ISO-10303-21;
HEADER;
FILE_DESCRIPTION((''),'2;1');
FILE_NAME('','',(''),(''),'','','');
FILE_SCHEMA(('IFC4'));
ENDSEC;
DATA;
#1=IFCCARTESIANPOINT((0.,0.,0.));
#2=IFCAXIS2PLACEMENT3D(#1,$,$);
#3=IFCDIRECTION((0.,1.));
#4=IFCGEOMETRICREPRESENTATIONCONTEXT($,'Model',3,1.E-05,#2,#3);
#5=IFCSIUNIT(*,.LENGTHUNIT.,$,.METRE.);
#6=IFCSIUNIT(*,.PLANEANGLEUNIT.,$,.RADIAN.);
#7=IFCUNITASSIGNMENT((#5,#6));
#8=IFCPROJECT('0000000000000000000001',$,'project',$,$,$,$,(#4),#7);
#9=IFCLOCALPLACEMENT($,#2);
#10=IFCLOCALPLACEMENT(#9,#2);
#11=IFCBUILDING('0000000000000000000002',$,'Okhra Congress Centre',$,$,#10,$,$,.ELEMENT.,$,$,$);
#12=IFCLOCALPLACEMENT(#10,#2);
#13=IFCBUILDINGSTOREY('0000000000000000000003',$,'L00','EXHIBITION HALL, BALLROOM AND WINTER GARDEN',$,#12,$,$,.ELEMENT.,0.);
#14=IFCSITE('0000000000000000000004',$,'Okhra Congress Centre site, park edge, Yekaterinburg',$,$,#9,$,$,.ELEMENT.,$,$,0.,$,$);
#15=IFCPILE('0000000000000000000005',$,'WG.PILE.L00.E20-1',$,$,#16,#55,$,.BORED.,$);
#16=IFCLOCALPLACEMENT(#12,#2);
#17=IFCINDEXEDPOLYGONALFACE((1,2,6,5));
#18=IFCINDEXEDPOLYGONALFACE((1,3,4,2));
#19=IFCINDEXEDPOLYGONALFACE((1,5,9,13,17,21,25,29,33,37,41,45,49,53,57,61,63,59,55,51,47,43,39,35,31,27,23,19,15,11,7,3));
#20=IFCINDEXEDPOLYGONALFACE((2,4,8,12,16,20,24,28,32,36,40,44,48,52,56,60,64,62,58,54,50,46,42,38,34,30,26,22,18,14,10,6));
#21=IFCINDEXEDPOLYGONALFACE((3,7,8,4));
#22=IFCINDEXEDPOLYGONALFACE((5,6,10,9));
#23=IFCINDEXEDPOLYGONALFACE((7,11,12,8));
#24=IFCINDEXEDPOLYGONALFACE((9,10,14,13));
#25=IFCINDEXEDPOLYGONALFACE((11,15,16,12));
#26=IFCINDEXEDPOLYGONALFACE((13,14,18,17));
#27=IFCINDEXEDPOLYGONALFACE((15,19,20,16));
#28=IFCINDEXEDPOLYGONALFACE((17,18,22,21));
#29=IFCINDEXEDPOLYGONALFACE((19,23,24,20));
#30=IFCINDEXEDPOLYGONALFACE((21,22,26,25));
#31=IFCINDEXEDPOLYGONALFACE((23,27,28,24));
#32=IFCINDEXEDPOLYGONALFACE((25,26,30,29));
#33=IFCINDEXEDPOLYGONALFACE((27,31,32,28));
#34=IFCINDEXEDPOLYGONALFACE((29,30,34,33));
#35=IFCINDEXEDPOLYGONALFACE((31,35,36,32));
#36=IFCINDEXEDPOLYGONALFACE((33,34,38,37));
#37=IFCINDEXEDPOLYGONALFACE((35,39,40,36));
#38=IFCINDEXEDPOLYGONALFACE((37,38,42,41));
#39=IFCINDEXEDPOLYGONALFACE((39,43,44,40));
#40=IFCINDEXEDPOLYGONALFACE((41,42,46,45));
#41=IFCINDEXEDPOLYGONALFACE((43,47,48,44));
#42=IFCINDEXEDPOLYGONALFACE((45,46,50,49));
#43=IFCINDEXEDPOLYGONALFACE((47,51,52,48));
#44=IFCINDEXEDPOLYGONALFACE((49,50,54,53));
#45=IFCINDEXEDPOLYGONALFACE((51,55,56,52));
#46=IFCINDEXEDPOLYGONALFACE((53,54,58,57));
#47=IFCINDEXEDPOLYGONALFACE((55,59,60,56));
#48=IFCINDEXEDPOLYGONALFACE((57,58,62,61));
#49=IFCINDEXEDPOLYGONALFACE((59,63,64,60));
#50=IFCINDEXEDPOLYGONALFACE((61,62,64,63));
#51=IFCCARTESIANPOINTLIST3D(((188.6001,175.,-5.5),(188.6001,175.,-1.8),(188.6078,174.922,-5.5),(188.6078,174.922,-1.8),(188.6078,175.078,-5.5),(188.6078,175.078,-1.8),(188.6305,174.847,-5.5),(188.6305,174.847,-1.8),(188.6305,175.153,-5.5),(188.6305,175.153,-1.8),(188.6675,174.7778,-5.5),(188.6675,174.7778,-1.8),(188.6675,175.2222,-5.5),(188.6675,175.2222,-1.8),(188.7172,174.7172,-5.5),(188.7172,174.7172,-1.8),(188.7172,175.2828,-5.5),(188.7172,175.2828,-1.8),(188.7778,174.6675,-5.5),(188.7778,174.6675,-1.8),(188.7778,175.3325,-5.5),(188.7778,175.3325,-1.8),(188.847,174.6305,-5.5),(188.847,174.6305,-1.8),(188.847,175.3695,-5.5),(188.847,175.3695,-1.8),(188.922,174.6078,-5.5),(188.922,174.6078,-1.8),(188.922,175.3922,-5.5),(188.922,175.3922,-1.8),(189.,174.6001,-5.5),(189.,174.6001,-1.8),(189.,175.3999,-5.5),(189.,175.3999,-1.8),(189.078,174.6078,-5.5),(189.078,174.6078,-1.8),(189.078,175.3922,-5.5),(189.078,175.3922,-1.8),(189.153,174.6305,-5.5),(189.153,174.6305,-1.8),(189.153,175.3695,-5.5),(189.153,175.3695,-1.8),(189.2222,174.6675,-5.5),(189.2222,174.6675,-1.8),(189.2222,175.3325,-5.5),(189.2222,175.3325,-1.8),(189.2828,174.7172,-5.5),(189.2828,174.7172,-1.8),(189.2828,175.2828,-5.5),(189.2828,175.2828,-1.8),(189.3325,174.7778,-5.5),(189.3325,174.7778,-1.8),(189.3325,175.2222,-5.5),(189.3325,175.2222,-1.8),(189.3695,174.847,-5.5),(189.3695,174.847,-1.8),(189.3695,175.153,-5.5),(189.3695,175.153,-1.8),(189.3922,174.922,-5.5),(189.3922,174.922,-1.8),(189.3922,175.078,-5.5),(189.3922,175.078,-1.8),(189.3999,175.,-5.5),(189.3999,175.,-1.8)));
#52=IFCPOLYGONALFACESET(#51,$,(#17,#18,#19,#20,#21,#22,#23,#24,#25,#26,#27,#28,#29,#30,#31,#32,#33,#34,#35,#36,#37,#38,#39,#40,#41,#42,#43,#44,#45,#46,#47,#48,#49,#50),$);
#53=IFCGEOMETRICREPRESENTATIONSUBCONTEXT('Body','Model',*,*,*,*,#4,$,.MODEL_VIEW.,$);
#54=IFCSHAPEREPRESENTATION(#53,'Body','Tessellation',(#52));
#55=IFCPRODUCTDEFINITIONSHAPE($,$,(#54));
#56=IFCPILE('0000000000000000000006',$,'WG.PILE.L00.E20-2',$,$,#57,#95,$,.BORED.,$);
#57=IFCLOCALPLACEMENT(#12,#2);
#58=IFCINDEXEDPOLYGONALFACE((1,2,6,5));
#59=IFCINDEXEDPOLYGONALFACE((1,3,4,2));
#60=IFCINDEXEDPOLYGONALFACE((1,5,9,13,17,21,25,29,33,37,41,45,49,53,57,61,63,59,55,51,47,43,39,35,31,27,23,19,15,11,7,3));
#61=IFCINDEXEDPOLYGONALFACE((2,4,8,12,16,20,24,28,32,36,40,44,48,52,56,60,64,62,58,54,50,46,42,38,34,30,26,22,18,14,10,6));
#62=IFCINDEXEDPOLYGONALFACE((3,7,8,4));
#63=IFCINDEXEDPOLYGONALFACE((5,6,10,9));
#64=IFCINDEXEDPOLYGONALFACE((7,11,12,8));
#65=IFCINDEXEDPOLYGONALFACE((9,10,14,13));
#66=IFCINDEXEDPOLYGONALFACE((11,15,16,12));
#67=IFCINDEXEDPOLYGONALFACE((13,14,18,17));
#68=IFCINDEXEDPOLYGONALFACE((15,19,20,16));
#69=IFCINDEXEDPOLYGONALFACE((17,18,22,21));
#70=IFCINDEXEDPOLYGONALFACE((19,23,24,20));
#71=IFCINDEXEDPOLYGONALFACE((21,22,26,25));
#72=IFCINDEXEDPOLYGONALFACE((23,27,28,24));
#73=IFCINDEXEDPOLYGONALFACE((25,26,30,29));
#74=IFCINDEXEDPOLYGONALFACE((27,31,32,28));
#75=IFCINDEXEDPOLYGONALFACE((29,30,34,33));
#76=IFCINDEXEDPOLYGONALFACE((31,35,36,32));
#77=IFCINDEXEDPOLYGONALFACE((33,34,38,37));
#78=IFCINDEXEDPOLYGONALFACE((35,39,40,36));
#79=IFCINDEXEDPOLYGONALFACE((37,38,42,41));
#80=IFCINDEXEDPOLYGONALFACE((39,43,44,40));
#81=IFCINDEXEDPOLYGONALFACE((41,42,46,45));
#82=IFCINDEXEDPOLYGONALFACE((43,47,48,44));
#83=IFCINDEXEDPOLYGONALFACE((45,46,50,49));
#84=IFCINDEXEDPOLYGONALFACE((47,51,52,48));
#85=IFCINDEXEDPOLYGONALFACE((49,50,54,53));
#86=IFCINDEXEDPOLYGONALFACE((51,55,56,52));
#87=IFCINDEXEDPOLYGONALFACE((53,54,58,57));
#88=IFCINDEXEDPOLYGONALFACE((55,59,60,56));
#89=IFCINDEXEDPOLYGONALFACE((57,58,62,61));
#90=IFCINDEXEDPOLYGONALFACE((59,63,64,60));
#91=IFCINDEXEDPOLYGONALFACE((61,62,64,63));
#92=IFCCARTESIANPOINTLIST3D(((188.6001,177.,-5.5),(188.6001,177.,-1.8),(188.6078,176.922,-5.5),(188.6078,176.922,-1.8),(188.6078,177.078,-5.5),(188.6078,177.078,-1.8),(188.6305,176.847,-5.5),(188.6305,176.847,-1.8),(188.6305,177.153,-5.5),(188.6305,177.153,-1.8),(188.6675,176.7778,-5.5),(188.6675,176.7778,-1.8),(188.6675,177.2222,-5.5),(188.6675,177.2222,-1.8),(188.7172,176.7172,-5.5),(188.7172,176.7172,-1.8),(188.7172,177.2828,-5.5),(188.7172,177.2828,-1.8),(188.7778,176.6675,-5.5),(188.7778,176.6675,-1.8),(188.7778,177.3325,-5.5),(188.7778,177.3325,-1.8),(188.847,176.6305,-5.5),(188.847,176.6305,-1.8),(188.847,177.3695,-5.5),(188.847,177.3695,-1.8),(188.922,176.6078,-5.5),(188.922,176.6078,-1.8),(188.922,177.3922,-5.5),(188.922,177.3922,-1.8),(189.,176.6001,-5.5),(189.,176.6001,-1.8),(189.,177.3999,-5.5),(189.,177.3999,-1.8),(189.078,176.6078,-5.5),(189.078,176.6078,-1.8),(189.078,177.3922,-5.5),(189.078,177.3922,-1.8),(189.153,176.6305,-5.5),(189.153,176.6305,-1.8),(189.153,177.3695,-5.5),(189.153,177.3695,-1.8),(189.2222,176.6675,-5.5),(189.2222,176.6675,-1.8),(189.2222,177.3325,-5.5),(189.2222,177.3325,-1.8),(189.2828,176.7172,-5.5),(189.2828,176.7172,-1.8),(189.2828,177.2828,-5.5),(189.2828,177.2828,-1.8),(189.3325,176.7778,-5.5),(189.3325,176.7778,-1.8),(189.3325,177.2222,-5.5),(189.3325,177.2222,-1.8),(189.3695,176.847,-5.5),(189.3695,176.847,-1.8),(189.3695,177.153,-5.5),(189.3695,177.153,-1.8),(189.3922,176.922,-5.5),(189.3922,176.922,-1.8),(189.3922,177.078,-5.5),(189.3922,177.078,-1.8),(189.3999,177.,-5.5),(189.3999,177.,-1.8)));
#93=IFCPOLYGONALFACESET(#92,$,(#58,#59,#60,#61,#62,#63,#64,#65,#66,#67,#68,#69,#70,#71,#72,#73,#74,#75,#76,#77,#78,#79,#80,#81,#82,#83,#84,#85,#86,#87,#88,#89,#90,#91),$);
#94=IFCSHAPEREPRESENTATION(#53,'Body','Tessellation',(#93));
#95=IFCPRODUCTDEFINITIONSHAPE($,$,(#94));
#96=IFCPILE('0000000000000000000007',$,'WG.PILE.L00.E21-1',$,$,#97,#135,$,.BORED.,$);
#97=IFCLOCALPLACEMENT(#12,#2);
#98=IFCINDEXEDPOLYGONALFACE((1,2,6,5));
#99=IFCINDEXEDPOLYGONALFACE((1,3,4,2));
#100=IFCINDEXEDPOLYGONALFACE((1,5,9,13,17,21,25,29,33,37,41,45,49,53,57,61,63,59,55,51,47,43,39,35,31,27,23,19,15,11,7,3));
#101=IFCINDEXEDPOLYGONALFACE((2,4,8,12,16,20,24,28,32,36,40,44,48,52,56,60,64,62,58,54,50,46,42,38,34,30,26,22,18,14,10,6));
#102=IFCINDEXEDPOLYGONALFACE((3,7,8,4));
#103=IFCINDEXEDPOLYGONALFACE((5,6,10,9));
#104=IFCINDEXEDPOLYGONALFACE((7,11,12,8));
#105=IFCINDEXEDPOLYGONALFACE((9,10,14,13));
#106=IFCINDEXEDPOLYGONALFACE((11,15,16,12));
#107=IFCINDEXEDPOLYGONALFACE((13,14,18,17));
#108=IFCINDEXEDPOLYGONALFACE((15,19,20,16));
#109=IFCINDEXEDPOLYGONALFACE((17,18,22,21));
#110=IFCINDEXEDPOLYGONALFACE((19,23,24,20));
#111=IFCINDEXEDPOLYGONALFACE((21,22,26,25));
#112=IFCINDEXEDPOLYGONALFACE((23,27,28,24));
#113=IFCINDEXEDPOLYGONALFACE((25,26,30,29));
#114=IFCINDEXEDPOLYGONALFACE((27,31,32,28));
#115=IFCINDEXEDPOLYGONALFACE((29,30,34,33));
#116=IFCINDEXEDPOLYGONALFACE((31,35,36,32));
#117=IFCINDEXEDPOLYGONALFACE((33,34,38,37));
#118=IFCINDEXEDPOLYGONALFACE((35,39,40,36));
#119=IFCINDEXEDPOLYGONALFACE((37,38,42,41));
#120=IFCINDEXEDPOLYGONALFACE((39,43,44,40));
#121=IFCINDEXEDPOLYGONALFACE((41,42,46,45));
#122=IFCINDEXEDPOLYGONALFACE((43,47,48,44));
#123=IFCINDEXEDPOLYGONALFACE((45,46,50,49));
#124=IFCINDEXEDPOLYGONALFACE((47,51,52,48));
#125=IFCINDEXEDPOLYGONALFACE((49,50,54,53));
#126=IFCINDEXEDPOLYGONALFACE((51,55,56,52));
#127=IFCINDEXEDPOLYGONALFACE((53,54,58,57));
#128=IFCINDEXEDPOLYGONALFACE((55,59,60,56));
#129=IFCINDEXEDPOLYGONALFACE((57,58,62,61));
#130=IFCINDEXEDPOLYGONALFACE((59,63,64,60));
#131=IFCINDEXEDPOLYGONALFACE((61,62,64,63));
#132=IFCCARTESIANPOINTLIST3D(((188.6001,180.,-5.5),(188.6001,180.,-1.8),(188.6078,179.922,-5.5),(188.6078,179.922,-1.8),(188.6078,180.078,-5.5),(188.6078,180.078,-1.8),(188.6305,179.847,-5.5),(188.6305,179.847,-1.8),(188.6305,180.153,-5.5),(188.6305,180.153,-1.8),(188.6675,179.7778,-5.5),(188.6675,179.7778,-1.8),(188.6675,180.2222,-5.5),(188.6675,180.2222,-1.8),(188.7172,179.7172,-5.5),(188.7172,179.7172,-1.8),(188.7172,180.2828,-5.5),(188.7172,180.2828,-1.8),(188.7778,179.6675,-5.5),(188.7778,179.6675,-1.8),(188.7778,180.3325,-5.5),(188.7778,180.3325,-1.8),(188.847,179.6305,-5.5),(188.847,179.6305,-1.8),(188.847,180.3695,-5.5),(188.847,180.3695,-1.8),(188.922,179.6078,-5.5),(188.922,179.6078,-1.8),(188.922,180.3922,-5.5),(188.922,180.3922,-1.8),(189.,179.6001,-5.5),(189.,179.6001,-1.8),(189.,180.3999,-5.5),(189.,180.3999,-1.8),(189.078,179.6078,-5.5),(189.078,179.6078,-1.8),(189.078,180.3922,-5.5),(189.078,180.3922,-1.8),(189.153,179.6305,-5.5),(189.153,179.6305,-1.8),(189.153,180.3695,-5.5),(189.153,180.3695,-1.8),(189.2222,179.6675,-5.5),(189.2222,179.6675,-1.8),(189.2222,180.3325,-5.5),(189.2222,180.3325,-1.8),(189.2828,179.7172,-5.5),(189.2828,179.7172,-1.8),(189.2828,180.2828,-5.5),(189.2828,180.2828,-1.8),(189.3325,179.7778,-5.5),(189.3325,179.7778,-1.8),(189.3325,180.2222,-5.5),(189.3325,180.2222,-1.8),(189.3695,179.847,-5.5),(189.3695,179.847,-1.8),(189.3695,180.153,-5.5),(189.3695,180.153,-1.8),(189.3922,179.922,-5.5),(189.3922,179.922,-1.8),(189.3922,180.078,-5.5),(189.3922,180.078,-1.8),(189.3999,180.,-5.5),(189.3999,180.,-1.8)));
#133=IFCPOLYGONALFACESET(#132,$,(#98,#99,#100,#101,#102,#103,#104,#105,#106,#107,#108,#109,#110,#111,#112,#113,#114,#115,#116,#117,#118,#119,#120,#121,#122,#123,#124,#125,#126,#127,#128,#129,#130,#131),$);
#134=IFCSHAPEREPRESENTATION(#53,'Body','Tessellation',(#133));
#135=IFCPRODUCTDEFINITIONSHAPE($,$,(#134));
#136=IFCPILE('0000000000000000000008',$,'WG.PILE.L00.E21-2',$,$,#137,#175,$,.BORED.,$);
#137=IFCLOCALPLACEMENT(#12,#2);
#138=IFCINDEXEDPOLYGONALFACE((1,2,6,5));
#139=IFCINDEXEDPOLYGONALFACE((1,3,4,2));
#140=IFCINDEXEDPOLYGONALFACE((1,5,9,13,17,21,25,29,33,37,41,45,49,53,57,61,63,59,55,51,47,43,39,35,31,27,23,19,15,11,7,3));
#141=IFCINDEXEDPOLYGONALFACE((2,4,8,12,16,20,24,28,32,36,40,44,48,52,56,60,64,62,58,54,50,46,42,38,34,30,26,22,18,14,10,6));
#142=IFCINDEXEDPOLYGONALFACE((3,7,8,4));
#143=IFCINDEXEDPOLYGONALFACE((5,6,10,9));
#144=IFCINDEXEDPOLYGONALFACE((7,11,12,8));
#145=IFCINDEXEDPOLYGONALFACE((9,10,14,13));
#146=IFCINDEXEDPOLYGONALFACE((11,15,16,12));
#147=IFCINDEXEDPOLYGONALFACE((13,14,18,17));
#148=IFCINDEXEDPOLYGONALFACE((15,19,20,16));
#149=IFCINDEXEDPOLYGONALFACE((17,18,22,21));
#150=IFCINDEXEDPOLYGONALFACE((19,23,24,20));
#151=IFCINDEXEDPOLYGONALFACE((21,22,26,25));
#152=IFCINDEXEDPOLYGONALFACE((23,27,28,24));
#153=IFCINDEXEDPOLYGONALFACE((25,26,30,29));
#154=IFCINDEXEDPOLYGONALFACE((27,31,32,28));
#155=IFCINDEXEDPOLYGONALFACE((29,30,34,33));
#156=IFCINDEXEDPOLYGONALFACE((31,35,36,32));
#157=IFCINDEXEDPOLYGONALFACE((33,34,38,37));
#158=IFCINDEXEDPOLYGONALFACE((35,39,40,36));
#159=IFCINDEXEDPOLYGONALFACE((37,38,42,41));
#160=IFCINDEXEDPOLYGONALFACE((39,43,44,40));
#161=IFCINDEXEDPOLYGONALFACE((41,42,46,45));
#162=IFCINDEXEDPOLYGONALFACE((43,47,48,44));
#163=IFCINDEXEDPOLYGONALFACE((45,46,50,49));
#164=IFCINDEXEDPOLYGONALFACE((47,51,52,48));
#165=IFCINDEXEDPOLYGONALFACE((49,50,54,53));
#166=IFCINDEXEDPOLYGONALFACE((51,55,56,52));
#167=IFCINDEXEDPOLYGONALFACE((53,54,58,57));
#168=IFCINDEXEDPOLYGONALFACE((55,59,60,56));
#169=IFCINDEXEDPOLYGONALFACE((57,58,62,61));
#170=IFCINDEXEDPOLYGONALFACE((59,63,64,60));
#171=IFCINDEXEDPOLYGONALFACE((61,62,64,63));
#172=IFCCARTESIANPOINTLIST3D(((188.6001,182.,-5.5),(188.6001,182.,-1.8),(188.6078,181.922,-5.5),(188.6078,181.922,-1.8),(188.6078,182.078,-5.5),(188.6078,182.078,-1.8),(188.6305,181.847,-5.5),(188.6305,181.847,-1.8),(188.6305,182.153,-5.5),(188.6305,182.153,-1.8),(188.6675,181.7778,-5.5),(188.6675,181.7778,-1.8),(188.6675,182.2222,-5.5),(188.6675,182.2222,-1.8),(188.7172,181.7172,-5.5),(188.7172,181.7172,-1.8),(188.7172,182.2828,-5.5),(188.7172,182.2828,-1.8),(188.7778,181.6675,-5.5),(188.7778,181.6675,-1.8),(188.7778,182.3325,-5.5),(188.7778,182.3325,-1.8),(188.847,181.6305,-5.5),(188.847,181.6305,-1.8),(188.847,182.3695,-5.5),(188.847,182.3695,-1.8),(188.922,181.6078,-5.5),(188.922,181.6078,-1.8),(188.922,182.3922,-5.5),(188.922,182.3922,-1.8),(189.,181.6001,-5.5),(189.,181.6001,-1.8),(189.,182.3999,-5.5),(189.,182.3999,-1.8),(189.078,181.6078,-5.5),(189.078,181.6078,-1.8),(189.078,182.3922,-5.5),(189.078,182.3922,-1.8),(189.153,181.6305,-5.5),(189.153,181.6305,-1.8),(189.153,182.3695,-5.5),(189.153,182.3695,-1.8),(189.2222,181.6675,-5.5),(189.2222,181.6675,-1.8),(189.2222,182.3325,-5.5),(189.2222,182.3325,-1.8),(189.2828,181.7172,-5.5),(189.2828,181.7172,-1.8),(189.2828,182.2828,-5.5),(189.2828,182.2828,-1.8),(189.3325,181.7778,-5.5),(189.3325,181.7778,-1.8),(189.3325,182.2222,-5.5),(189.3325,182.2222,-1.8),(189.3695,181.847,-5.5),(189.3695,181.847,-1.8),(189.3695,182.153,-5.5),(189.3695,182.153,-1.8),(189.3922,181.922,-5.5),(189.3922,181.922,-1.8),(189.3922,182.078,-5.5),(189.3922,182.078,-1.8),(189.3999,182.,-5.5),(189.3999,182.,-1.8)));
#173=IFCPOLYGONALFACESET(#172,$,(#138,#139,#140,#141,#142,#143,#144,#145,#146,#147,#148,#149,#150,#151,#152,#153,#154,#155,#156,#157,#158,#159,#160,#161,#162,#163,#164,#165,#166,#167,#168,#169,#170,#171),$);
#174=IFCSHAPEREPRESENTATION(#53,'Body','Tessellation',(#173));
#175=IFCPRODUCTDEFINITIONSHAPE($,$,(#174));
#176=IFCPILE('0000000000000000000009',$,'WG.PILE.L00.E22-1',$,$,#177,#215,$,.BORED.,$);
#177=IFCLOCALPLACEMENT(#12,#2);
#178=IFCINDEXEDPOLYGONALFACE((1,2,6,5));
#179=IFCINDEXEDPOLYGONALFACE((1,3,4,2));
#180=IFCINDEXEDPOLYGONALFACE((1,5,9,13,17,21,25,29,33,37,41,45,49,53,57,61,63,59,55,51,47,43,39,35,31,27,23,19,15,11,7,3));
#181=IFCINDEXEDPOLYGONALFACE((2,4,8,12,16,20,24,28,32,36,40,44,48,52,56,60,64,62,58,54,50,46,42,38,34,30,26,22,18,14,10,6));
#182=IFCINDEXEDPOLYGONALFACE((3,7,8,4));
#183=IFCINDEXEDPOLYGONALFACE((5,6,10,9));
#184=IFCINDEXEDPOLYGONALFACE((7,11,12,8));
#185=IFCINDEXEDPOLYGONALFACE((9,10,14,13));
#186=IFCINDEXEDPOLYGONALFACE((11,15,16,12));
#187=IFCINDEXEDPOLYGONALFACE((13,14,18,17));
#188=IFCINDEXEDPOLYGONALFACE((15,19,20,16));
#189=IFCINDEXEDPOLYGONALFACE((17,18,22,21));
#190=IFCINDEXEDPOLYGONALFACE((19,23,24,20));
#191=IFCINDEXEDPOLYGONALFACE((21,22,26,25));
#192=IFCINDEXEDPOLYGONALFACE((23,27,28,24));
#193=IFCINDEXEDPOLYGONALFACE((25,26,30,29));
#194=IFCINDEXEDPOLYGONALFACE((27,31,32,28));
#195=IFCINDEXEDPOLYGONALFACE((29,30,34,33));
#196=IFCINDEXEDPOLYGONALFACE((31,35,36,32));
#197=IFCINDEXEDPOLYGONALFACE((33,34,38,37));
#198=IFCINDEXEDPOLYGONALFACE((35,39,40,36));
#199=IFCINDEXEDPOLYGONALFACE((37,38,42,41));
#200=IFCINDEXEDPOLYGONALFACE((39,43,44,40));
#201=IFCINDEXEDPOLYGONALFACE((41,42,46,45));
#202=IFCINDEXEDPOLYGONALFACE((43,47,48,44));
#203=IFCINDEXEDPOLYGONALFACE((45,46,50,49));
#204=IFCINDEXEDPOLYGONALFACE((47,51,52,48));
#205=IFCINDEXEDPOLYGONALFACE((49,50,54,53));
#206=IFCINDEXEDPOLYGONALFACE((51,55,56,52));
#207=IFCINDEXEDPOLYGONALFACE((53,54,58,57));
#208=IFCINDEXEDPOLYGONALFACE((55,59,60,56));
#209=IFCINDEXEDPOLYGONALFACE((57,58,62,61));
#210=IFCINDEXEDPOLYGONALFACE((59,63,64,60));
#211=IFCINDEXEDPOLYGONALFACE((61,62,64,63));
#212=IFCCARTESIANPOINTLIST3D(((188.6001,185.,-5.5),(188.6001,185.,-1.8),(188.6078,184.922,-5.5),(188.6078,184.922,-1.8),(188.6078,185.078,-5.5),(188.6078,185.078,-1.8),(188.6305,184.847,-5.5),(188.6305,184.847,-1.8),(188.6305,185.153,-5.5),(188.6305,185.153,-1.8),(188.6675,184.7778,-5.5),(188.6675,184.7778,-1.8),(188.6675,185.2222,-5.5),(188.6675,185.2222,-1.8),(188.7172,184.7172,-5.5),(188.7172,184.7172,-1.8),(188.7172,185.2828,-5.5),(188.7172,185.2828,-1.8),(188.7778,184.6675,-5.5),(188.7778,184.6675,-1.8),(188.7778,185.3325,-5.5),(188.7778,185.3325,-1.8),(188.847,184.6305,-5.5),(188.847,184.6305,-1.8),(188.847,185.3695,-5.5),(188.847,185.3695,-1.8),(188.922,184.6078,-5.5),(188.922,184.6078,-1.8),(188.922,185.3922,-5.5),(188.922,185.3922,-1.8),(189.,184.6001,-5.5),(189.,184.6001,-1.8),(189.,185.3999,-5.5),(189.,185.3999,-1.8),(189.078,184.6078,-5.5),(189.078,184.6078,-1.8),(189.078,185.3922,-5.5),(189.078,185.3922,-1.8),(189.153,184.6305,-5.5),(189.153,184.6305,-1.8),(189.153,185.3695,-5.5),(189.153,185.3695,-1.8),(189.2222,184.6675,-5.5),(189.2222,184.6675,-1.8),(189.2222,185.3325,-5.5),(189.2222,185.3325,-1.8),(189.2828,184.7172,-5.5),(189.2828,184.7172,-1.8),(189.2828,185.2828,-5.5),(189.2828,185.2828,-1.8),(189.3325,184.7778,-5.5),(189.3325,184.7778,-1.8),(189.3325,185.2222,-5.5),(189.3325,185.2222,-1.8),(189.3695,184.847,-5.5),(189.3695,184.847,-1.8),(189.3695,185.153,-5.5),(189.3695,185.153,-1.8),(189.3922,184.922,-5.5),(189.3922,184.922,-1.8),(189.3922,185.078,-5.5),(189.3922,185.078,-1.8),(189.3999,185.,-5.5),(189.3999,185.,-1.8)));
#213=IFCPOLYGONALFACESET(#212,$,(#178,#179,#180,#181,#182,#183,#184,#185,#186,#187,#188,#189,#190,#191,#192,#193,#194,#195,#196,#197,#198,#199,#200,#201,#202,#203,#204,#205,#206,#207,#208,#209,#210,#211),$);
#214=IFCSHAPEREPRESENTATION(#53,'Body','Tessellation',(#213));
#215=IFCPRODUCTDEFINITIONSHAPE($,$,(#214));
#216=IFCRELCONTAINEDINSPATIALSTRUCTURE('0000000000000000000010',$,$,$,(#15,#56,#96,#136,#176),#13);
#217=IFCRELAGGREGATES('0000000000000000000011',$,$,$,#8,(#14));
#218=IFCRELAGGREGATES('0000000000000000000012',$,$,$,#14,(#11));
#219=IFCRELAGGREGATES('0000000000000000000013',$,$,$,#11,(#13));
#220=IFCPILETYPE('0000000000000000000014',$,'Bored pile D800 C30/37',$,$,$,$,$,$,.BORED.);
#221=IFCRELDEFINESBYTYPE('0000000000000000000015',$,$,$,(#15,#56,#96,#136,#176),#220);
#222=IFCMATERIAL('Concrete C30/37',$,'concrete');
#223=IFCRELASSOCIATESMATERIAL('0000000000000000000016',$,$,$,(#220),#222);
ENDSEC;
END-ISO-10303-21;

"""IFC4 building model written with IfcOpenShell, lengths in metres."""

from ifc_helpers import new_model, si_unit, direction, frame, origin, origin_2d, place, context, subcontext, project, spatial, circle, extrude, material, material_profile, profile_set, type_object, element, save


model = new_model("IFC4")

# Units and contexts
model_context = context("Model", 3, precision=1e-05, world=origin(), true_north=direction((0.0, 1.0)))
body_context = subcontext(model_context, "Body", "Model", "MODEL_VIEW")
ifc_project = project(units=[si_unit("LENGTHUNIT", "METRE"), si_unit("PLANEANGLEUNIT", "RADIAN")], contexts=[model_context])

# Site, building, storey
site_placement = place(None, origin())
site = spatial("IfcSite", under=ifc_project, at=site_placement, Name="Okhra Congress Centre site, park edge, Yekaterinburg", CompositionType="ELEMENT", RefElevation=0.0)
building_placement = place(site_placement, origin())
building = spatial("IfcBuilding", under=site, at=building_placement, Name="Okhra Congress Centre", CompositionType="ELEMENT")
storey_placement = place(building_placement, origin())
storey = spatial("IfcBuildingStorey", under=building, at=storey_placement, Name="L00", Description="EXHIBITION HALL, BALLROOM AND WINTER GARDEN", CompositionType="ELEMENT", Elevation=0.0)

# Piles
ifc_material_1 = material(Name="Concrete C30/37", Category="concrete")
ifc_material_profile_1 = material_profile(ifc_material_1, circle(Radius=0.3999, at=origin_2d()), Name="D800")
ifc_profile_set_1 = profile_set([ifc_material_profile_1], Name="Concrete C30/37")
pile_type = type_object("IfcPileType", Name="Bored pile D800 C30/37", PredefinedType="BORED", material=ifc_profile_set_1)
for number, where, z_axis, x_axis, name in (
    (1, (189.0, 175.0, -1.8), (0.0, 0.0, -1.0), (1.0, 0.0, 0.0), "WG.PILE.L00.E20-1"),
    (2, (189.0, 177.0, -1.8), (0.0, 0.0, -1.0), (1.0, 0.0, 0.0), "WG.PILE.L00.E20-2"),
    (3, (189.0, 180.0, -1.8), (0.0, 0.0, -1.0), (1.0, 0.0, 0.0), "WG.PILE.L00.E21-1"),
    (4, (189.0, 182.0, -1.8), (0.0, 0.0, -1.0), (1.0, 0.0, 0.0), "WG.PILE.L00.E21-2"),
    (5, (189.0, 185.0, -1.8), (0.0, 0.0, -1.0), (1.0, 0.0, 0.0), "WG.PILE.L00.E22-1"),
):
    element("IfcPile", number, at=place(storey_placement, frame(where, z_axis=z_axis, x_axis=x_axis)), inside=storey, type_object=pile_type, Name=name, PredefinedType="BORED", context=body_context, shape_type="SweptSolid", body=[
        extrude(circle(Radius=0.3999, at=origin_2d()), origin(), (0.0, 0.0, 1.0), 3.7),
    ])

save(model, "model.ifc")
